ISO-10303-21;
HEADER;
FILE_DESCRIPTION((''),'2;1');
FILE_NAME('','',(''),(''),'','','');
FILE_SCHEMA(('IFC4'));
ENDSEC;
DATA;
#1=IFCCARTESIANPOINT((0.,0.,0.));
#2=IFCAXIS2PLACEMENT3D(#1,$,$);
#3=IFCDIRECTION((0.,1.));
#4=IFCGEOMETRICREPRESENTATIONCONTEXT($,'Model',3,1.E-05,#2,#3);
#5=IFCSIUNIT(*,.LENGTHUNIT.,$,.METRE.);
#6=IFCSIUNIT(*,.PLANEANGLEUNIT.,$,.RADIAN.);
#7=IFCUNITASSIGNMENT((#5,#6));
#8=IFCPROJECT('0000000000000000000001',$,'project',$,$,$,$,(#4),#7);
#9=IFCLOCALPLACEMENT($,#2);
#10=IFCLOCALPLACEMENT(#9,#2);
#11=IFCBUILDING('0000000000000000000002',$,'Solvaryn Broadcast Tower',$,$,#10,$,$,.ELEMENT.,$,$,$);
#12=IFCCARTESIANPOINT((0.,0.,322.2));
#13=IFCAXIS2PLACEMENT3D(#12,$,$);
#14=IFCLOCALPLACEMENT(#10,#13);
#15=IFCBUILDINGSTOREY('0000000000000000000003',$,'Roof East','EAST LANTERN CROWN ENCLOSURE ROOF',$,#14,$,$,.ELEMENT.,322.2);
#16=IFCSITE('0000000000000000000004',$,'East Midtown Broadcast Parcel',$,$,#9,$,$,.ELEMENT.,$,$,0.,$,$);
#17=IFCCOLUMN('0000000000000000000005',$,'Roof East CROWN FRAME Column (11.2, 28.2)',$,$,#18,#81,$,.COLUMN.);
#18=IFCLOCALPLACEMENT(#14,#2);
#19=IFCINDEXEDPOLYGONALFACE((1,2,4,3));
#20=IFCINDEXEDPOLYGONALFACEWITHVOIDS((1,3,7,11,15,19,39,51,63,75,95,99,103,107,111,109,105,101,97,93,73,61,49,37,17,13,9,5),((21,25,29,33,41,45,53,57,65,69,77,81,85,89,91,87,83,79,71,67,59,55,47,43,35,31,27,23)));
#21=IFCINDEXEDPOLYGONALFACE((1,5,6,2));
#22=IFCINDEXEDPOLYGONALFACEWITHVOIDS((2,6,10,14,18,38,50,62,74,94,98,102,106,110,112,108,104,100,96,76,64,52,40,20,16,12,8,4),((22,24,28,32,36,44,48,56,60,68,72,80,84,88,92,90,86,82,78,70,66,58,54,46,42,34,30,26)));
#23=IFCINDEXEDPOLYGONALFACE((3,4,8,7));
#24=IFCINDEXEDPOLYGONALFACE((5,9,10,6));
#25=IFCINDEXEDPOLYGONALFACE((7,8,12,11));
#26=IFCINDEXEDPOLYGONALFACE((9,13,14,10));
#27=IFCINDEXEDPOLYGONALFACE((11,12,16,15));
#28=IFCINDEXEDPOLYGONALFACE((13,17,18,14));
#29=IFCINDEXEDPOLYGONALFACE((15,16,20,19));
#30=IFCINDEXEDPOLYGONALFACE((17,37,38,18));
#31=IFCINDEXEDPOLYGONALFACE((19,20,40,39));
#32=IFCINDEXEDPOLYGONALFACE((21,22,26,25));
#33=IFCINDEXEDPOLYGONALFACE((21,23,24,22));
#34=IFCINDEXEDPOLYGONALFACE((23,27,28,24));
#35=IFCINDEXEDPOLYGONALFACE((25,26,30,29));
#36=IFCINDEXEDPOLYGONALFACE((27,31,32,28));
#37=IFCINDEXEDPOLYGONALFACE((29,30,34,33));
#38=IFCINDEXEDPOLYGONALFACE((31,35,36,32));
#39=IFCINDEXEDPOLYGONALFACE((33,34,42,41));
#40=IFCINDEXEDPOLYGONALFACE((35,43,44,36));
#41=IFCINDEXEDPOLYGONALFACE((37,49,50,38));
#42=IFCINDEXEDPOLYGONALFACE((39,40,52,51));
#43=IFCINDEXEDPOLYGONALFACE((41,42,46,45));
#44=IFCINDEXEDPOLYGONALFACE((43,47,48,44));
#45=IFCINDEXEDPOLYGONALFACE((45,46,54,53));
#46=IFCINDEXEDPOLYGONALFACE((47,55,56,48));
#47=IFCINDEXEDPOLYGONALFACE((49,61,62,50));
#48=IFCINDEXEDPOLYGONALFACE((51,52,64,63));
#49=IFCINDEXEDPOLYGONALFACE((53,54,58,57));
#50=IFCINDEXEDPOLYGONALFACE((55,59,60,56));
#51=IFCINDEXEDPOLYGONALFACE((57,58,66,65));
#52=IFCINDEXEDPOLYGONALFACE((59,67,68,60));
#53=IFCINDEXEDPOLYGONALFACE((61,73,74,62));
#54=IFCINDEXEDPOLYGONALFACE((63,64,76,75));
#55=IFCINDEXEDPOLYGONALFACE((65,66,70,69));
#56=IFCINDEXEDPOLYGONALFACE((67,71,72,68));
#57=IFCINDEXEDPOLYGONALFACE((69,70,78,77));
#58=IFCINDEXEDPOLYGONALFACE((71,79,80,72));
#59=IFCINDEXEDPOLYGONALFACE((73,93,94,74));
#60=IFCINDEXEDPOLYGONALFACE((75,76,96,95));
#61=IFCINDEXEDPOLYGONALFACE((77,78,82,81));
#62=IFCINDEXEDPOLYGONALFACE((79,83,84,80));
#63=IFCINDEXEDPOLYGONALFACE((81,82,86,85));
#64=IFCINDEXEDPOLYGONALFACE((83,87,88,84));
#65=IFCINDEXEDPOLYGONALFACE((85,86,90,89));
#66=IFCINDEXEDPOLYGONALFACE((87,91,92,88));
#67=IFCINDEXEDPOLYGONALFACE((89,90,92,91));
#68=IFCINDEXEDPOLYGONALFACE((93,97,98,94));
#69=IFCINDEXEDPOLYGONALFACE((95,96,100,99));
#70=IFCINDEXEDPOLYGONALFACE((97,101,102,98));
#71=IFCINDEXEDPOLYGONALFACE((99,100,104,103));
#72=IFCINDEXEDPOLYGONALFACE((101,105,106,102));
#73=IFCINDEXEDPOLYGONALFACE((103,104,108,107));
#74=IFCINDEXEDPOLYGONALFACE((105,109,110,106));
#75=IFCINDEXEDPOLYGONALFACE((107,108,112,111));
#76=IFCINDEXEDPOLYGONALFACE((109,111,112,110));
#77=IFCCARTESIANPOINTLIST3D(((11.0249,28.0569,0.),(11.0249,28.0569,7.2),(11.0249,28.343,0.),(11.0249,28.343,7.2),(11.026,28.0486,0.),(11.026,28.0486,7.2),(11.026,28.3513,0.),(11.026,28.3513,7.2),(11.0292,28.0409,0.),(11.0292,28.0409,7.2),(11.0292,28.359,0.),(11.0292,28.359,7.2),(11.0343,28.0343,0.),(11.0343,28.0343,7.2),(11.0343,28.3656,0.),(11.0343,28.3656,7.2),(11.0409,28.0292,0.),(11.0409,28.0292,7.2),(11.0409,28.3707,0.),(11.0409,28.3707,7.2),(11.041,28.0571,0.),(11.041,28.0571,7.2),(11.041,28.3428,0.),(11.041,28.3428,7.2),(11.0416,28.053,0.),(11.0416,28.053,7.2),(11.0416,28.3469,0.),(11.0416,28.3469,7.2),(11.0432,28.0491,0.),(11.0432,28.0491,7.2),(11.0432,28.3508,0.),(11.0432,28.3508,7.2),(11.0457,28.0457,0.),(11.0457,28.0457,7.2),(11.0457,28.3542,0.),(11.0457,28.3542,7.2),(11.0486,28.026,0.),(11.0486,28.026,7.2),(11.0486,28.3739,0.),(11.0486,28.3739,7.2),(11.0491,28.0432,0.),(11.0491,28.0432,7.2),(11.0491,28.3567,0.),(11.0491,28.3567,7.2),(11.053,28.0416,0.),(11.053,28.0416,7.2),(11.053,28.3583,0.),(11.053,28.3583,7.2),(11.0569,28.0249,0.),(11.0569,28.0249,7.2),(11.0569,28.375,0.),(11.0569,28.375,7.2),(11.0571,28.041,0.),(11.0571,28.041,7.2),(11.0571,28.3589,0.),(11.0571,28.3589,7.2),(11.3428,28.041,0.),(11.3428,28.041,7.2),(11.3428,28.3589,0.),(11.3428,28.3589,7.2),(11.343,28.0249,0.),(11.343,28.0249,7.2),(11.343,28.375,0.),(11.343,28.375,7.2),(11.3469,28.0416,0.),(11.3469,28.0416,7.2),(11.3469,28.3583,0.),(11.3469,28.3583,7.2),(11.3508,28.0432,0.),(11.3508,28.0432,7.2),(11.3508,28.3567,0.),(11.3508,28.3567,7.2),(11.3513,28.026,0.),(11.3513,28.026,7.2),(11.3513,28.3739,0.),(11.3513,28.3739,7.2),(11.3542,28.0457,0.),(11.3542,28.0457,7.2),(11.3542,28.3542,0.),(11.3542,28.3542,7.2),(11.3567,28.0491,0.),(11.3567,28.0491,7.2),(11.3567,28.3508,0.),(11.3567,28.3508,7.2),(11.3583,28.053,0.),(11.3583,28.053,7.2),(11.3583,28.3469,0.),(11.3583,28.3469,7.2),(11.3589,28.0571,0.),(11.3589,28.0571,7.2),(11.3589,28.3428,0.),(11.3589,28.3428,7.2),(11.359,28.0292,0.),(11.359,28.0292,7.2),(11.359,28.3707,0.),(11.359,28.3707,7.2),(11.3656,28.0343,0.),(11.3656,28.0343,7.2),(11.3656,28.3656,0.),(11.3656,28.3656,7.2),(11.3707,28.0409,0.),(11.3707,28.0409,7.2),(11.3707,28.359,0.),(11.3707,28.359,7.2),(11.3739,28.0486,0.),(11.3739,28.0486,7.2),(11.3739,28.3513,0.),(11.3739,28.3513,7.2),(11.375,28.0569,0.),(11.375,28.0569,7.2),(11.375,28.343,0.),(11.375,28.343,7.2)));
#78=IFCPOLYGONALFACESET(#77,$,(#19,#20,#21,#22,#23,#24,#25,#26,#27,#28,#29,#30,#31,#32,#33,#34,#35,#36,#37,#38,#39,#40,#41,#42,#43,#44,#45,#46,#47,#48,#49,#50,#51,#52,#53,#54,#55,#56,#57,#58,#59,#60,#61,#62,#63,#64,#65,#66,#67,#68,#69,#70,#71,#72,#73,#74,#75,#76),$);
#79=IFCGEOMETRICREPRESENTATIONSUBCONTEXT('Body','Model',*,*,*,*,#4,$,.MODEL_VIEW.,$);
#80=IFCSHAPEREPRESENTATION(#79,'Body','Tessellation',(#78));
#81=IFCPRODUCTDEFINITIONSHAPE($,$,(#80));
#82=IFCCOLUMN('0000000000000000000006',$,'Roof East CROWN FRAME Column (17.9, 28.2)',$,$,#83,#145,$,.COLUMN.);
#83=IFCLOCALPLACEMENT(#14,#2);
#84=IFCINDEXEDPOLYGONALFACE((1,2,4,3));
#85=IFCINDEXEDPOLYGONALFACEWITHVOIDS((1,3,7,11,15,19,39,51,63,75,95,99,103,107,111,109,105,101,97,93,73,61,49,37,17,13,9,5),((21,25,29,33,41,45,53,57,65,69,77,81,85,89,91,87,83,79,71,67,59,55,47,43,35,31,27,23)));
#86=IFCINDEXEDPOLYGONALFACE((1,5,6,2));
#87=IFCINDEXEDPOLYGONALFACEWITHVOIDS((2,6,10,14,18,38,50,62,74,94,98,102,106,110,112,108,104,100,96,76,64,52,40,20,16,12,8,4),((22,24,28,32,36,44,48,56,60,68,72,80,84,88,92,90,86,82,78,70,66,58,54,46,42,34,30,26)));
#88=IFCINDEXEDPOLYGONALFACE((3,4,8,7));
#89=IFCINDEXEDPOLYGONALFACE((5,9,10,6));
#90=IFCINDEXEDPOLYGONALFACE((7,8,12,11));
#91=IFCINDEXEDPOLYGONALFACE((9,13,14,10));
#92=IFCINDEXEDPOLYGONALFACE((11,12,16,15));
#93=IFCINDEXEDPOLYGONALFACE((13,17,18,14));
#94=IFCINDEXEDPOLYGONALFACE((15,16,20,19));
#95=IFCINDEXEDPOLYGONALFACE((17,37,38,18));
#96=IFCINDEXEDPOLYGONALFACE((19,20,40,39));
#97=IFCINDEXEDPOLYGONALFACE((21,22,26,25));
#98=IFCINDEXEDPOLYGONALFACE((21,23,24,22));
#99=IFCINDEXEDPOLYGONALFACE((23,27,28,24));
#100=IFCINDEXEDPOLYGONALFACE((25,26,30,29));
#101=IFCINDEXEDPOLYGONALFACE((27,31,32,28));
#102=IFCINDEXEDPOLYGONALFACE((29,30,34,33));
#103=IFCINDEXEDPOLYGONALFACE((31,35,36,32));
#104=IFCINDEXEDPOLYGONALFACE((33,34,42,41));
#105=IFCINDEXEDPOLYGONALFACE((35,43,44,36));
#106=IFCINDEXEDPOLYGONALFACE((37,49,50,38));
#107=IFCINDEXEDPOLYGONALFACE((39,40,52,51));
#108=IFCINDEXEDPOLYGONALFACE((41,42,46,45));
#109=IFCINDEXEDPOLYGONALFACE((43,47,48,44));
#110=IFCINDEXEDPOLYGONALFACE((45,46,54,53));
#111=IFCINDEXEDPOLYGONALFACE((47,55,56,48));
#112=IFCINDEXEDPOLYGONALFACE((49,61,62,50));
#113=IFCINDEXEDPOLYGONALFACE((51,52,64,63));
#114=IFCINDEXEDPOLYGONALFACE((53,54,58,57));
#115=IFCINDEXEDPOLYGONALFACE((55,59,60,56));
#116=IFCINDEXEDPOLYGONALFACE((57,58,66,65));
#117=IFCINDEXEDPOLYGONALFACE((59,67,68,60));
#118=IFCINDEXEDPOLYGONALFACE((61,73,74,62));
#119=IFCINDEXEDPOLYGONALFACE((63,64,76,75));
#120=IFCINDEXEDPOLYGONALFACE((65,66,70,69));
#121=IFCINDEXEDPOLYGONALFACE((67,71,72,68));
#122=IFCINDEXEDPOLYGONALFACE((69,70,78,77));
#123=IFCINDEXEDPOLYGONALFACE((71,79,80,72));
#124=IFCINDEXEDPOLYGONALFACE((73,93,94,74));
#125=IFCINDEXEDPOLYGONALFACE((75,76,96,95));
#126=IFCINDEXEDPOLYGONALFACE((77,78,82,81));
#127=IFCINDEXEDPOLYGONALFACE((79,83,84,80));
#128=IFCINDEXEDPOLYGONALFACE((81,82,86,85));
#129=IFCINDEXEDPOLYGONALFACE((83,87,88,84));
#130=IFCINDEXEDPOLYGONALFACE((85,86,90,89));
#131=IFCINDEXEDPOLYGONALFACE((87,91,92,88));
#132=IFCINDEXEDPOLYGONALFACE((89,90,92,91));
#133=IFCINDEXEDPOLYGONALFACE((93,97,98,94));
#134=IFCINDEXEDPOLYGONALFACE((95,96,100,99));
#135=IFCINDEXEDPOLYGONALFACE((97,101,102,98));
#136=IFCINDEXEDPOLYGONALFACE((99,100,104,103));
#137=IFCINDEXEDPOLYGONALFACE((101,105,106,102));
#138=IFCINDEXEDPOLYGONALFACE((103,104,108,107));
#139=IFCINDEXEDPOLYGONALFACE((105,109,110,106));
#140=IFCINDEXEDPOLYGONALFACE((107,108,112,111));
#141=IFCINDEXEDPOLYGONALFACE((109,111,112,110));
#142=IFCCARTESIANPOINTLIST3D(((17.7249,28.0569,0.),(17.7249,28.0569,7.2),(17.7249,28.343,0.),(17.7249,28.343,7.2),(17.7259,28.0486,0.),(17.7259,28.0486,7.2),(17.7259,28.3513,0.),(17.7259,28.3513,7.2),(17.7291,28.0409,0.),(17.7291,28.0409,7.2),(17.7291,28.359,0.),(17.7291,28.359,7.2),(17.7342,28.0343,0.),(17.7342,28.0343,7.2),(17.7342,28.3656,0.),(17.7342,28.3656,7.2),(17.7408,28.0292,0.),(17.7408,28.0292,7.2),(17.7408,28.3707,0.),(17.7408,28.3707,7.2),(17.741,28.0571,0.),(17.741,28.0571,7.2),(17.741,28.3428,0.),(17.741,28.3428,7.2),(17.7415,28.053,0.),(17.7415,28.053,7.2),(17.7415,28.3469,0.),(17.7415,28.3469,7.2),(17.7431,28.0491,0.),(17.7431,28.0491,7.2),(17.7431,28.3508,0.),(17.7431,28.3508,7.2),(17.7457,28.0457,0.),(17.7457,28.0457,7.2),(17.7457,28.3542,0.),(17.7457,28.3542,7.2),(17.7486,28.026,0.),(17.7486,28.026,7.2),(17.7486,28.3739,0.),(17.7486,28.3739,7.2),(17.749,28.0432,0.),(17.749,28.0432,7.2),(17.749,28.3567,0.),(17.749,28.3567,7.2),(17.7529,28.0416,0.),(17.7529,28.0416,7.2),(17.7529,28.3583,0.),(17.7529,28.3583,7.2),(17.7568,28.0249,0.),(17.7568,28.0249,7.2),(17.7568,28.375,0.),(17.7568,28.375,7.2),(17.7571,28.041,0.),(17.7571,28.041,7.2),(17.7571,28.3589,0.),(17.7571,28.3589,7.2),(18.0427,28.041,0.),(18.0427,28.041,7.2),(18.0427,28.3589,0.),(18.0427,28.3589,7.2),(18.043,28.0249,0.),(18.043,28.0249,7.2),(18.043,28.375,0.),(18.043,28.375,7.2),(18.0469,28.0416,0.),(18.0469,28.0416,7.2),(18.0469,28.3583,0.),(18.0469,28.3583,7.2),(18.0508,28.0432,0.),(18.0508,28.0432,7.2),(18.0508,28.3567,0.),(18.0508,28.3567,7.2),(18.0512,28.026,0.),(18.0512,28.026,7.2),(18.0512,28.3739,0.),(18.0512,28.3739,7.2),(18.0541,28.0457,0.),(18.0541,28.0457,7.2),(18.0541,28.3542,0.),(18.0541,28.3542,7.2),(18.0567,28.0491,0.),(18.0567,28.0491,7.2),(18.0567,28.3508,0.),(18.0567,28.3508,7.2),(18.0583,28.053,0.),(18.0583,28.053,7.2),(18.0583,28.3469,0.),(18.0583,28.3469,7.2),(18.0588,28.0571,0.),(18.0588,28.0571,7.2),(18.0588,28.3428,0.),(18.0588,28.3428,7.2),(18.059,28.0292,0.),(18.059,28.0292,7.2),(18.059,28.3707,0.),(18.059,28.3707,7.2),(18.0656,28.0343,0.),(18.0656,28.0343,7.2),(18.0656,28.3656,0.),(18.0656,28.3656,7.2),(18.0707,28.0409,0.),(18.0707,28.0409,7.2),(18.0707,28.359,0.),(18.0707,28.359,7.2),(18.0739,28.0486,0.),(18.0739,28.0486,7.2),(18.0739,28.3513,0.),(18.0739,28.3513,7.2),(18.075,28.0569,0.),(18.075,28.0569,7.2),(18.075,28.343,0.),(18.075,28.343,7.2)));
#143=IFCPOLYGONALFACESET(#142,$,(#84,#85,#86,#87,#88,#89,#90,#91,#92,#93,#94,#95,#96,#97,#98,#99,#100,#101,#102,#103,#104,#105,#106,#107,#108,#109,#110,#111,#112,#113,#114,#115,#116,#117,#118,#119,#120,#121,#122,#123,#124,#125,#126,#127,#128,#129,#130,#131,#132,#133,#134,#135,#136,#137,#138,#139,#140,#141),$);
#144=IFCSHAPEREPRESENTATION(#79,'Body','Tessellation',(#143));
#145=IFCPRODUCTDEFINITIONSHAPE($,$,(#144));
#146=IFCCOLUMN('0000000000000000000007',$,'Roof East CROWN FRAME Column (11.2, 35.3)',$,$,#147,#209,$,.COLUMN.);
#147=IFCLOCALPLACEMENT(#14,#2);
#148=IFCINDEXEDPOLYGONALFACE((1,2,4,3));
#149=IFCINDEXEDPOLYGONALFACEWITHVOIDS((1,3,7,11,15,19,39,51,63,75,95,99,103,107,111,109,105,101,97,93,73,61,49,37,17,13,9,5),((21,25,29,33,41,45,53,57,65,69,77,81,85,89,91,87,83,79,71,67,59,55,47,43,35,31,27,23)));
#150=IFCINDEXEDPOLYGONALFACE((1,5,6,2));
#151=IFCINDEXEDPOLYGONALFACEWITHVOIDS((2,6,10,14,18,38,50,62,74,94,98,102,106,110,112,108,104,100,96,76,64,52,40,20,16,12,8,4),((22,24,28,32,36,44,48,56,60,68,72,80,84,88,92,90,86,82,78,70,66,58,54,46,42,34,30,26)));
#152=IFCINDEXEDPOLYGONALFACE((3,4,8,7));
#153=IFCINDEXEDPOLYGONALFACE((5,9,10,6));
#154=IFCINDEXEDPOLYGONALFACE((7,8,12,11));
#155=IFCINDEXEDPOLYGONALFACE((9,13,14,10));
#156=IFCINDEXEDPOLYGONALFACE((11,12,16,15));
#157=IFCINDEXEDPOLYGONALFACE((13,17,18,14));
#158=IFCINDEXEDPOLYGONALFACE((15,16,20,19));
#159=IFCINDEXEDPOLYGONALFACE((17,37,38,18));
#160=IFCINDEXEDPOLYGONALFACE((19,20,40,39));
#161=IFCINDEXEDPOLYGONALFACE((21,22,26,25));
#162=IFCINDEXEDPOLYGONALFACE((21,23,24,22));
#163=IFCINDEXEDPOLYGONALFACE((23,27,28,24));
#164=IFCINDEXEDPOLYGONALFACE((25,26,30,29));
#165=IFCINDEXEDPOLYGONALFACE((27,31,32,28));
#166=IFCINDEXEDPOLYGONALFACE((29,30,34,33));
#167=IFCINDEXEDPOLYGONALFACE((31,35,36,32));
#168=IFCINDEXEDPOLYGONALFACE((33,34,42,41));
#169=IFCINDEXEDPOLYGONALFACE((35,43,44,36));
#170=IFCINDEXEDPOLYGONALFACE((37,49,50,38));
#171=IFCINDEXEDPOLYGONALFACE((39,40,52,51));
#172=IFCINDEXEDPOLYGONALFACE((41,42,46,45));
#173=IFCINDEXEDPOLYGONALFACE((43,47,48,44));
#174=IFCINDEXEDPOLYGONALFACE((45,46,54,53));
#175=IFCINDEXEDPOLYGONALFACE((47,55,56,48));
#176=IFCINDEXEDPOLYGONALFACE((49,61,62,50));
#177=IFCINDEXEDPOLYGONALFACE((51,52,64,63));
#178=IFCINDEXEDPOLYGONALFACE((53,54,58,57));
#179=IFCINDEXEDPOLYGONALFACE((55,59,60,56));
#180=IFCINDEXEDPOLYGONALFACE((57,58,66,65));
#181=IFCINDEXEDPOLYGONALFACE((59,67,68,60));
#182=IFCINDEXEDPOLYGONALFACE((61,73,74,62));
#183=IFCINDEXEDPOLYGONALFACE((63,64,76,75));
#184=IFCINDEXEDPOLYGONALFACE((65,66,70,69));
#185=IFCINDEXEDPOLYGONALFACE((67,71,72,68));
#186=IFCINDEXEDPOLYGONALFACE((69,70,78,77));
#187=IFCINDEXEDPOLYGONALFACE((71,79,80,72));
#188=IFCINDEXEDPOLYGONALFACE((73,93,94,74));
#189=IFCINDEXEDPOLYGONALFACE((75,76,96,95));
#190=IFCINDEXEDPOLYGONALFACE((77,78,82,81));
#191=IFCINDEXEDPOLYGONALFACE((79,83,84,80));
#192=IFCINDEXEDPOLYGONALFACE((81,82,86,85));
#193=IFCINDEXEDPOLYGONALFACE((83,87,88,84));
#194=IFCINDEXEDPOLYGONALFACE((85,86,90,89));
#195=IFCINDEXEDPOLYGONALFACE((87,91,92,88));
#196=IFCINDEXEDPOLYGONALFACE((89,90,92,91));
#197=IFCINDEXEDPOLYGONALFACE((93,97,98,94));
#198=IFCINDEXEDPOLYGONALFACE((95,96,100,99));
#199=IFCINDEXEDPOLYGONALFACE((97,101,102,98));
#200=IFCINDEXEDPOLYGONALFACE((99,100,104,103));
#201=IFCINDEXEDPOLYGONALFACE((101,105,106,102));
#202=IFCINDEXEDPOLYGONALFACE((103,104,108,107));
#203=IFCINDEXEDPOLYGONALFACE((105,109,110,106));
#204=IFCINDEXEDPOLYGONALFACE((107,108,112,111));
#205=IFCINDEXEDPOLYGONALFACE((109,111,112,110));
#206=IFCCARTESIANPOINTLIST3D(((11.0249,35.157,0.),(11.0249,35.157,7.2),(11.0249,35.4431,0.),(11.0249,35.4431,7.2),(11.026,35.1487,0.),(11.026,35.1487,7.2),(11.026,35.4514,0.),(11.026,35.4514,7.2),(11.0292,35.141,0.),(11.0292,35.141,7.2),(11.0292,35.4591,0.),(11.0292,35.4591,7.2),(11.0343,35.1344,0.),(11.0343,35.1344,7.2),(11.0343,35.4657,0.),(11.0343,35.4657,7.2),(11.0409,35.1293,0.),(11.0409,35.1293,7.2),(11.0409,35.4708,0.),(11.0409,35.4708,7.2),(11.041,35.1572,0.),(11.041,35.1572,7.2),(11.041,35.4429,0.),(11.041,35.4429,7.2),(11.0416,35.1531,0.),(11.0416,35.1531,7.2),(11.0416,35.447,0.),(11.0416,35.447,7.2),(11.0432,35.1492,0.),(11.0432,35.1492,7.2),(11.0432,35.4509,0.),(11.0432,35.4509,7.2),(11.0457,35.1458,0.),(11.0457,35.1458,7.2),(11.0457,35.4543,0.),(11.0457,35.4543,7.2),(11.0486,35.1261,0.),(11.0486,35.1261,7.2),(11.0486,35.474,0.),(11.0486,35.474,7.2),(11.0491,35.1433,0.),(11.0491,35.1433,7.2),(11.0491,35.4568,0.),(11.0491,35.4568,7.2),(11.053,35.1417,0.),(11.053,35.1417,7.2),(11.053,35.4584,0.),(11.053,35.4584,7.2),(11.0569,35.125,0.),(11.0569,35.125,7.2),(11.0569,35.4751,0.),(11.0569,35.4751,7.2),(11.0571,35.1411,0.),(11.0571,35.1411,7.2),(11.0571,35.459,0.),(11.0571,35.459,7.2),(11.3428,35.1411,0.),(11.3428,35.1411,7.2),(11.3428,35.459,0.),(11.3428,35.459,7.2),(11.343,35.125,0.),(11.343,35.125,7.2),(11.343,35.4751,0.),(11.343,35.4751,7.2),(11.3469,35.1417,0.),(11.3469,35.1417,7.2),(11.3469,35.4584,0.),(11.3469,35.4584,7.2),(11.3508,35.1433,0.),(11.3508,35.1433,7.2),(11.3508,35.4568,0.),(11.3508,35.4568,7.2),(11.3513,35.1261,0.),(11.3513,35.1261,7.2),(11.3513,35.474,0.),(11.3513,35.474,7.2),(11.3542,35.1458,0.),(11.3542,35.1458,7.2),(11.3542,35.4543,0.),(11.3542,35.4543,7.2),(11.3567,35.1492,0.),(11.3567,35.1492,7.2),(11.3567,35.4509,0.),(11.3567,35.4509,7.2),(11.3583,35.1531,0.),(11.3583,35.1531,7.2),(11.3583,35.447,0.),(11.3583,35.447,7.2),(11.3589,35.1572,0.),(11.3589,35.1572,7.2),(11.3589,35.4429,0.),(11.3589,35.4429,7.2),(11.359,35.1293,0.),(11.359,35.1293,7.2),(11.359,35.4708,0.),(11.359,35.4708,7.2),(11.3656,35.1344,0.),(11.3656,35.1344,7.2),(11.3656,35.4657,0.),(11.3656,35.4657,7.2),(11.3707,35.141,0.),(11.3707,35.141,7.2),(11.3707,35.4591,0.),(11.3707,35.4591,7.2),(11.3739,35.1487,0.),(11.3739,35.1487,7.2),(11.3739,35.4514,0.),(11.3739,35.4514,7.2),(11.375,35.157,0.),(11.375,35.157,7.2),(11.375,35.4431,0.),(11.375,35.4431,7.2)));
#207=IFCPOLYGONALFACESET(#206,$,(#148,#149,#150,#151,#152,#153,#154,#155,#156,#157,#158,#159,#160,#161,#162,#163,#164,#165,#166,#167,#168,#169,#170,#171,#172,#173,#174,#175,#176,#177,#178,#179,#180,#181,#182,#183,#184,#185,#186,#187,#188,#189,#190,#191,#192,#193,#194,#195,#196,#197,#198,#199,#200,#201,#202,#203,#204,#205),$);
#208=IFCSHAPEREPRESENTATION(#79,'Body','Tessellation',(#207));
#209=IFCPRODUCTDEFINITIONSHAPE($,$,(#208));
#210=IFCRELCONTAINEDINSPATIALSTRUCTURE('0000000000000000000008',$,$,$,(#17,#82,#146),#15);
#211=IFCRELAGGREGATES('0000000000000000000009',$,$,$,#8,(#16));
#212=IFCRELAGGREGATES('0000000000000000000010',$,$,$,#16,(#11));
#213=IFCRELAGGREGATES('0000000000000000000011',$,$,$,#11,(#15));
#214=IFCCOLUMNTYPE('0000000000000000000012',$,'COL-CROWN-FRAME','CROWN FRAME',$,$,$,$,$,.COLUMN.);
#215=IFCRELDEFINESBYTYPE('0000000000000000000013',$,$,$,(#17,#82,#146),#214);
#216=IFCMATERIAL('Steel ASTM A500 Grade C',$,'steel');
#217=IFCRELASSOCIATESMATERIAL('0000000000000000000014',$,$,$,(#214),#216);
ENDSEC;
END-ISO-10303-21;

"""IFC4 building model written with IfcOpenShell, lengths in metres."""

from ifc_helpers import new_model, si_unit, direction, frame, origin, origin_2d, place, context, subcontext, project, spatial, hollow_rectangle, extrude, material, material_profile, profile_set, type_object, element, save


model = new_model("IFC4")

# Units and contexts
model_context = context("Model", 3, precision=1e-05, world=origin(), true_north=direction((0.0, 1.0)))
body_context = subcontext(model_context, "Body", "Model", "MODEL_VIEW")
ifc_project = project(units=[si_unit("LENGTHUNIT", "METRE"), si_unit("PLANEANGLEUNIT", "RADIAN")], contexts=[model_context])

# Site, building, storey
site_placement = place(None, origin())
site = spatial("IfcSite", under=ifc_project, at=site_placement, Name="East Midtown Broadcast Parcel", CompositionType="ELEMENT", RefElevation=0.0)
building_placement = place(site_placement, origin())
building = spatial("IfcBuilding", under=site, at=building_placement, Name="Solvaryn Broadcast Tower", CompositionType="ELEMENT")
storey_placement = place(building_placement, frame((0.0, 0.0, 322.2)))
storey = spatial("IfcBuildingStorey", under=building, at=storey_placement, Name="Roof East", Description="EAST LANTERN CROWN ENCLOSURE ROOF", CompositionType="ELEMENT", Elevation=322.2)

# Columns
ifc_material_1 = material(Name="Steel ASTM A500 Grade C", Category="steel")
ifc_material_profile_1 = material_profile(ifc_material_1, hollow_rectangle(XDim=0.3501, YDim=0.3501, WallThickness=0.0161, InnerFilletRadius=0.0161, OuterFilletRadius=0.032, at=origin_2d()))
ifc_profile_set_1 = profile_set([ifc_material_profile_1], Name="Steel ASTM A500 Grade C")
column_type = type_object("IfcColumnType", Name="COL-CROWN-FRAME", Description="CROWN FRAME", PredefinedType="COLUMN", material=ifc_profile_set_1)
for number, where, z_axis, x_axis, name in (
    (1, (11.2, 28.2, 0.0), (0.0, 0.0, 1.0), (1.0, 0.0, 0.0), "Roof East CROWN FRAME Column (11.2, 28.2)"),
    (2, (17.8999, 28.2, 0.0), (0.0, 0.0, 1.0), (1.0, 0.0, 0.0), "Roof East CROWN FRAME Column (17.9, 28.2)"),
    (3, (11.2, 35.3, 0.0), (0.0, 0.0, 1.0), (1.0, 0.0, 0.0), "Roof East CROWN FRAME Column (11.2, 35.3)"),
):
    element("IfcColumn", number, at=place(storey_placement, frame(where, z_axis=z_axis, x_axis=x_axis)), inside=storey, type_object=column_type, Name=name, PredefinedType="COLUMN", context=body_context, shape_type="SweptSolid", body=[
        extrude(hollow_rectangle(XDim=0.3501, YDim=0.3501, WallThickness=0.0161, InnerFilletRadius=0.0161, OuterFilletRadius=0.032, at=origin_2d()), origin(), (0.0, 0.0, 1.0), 7.2),
    ])

save(model, "model.ifc")
